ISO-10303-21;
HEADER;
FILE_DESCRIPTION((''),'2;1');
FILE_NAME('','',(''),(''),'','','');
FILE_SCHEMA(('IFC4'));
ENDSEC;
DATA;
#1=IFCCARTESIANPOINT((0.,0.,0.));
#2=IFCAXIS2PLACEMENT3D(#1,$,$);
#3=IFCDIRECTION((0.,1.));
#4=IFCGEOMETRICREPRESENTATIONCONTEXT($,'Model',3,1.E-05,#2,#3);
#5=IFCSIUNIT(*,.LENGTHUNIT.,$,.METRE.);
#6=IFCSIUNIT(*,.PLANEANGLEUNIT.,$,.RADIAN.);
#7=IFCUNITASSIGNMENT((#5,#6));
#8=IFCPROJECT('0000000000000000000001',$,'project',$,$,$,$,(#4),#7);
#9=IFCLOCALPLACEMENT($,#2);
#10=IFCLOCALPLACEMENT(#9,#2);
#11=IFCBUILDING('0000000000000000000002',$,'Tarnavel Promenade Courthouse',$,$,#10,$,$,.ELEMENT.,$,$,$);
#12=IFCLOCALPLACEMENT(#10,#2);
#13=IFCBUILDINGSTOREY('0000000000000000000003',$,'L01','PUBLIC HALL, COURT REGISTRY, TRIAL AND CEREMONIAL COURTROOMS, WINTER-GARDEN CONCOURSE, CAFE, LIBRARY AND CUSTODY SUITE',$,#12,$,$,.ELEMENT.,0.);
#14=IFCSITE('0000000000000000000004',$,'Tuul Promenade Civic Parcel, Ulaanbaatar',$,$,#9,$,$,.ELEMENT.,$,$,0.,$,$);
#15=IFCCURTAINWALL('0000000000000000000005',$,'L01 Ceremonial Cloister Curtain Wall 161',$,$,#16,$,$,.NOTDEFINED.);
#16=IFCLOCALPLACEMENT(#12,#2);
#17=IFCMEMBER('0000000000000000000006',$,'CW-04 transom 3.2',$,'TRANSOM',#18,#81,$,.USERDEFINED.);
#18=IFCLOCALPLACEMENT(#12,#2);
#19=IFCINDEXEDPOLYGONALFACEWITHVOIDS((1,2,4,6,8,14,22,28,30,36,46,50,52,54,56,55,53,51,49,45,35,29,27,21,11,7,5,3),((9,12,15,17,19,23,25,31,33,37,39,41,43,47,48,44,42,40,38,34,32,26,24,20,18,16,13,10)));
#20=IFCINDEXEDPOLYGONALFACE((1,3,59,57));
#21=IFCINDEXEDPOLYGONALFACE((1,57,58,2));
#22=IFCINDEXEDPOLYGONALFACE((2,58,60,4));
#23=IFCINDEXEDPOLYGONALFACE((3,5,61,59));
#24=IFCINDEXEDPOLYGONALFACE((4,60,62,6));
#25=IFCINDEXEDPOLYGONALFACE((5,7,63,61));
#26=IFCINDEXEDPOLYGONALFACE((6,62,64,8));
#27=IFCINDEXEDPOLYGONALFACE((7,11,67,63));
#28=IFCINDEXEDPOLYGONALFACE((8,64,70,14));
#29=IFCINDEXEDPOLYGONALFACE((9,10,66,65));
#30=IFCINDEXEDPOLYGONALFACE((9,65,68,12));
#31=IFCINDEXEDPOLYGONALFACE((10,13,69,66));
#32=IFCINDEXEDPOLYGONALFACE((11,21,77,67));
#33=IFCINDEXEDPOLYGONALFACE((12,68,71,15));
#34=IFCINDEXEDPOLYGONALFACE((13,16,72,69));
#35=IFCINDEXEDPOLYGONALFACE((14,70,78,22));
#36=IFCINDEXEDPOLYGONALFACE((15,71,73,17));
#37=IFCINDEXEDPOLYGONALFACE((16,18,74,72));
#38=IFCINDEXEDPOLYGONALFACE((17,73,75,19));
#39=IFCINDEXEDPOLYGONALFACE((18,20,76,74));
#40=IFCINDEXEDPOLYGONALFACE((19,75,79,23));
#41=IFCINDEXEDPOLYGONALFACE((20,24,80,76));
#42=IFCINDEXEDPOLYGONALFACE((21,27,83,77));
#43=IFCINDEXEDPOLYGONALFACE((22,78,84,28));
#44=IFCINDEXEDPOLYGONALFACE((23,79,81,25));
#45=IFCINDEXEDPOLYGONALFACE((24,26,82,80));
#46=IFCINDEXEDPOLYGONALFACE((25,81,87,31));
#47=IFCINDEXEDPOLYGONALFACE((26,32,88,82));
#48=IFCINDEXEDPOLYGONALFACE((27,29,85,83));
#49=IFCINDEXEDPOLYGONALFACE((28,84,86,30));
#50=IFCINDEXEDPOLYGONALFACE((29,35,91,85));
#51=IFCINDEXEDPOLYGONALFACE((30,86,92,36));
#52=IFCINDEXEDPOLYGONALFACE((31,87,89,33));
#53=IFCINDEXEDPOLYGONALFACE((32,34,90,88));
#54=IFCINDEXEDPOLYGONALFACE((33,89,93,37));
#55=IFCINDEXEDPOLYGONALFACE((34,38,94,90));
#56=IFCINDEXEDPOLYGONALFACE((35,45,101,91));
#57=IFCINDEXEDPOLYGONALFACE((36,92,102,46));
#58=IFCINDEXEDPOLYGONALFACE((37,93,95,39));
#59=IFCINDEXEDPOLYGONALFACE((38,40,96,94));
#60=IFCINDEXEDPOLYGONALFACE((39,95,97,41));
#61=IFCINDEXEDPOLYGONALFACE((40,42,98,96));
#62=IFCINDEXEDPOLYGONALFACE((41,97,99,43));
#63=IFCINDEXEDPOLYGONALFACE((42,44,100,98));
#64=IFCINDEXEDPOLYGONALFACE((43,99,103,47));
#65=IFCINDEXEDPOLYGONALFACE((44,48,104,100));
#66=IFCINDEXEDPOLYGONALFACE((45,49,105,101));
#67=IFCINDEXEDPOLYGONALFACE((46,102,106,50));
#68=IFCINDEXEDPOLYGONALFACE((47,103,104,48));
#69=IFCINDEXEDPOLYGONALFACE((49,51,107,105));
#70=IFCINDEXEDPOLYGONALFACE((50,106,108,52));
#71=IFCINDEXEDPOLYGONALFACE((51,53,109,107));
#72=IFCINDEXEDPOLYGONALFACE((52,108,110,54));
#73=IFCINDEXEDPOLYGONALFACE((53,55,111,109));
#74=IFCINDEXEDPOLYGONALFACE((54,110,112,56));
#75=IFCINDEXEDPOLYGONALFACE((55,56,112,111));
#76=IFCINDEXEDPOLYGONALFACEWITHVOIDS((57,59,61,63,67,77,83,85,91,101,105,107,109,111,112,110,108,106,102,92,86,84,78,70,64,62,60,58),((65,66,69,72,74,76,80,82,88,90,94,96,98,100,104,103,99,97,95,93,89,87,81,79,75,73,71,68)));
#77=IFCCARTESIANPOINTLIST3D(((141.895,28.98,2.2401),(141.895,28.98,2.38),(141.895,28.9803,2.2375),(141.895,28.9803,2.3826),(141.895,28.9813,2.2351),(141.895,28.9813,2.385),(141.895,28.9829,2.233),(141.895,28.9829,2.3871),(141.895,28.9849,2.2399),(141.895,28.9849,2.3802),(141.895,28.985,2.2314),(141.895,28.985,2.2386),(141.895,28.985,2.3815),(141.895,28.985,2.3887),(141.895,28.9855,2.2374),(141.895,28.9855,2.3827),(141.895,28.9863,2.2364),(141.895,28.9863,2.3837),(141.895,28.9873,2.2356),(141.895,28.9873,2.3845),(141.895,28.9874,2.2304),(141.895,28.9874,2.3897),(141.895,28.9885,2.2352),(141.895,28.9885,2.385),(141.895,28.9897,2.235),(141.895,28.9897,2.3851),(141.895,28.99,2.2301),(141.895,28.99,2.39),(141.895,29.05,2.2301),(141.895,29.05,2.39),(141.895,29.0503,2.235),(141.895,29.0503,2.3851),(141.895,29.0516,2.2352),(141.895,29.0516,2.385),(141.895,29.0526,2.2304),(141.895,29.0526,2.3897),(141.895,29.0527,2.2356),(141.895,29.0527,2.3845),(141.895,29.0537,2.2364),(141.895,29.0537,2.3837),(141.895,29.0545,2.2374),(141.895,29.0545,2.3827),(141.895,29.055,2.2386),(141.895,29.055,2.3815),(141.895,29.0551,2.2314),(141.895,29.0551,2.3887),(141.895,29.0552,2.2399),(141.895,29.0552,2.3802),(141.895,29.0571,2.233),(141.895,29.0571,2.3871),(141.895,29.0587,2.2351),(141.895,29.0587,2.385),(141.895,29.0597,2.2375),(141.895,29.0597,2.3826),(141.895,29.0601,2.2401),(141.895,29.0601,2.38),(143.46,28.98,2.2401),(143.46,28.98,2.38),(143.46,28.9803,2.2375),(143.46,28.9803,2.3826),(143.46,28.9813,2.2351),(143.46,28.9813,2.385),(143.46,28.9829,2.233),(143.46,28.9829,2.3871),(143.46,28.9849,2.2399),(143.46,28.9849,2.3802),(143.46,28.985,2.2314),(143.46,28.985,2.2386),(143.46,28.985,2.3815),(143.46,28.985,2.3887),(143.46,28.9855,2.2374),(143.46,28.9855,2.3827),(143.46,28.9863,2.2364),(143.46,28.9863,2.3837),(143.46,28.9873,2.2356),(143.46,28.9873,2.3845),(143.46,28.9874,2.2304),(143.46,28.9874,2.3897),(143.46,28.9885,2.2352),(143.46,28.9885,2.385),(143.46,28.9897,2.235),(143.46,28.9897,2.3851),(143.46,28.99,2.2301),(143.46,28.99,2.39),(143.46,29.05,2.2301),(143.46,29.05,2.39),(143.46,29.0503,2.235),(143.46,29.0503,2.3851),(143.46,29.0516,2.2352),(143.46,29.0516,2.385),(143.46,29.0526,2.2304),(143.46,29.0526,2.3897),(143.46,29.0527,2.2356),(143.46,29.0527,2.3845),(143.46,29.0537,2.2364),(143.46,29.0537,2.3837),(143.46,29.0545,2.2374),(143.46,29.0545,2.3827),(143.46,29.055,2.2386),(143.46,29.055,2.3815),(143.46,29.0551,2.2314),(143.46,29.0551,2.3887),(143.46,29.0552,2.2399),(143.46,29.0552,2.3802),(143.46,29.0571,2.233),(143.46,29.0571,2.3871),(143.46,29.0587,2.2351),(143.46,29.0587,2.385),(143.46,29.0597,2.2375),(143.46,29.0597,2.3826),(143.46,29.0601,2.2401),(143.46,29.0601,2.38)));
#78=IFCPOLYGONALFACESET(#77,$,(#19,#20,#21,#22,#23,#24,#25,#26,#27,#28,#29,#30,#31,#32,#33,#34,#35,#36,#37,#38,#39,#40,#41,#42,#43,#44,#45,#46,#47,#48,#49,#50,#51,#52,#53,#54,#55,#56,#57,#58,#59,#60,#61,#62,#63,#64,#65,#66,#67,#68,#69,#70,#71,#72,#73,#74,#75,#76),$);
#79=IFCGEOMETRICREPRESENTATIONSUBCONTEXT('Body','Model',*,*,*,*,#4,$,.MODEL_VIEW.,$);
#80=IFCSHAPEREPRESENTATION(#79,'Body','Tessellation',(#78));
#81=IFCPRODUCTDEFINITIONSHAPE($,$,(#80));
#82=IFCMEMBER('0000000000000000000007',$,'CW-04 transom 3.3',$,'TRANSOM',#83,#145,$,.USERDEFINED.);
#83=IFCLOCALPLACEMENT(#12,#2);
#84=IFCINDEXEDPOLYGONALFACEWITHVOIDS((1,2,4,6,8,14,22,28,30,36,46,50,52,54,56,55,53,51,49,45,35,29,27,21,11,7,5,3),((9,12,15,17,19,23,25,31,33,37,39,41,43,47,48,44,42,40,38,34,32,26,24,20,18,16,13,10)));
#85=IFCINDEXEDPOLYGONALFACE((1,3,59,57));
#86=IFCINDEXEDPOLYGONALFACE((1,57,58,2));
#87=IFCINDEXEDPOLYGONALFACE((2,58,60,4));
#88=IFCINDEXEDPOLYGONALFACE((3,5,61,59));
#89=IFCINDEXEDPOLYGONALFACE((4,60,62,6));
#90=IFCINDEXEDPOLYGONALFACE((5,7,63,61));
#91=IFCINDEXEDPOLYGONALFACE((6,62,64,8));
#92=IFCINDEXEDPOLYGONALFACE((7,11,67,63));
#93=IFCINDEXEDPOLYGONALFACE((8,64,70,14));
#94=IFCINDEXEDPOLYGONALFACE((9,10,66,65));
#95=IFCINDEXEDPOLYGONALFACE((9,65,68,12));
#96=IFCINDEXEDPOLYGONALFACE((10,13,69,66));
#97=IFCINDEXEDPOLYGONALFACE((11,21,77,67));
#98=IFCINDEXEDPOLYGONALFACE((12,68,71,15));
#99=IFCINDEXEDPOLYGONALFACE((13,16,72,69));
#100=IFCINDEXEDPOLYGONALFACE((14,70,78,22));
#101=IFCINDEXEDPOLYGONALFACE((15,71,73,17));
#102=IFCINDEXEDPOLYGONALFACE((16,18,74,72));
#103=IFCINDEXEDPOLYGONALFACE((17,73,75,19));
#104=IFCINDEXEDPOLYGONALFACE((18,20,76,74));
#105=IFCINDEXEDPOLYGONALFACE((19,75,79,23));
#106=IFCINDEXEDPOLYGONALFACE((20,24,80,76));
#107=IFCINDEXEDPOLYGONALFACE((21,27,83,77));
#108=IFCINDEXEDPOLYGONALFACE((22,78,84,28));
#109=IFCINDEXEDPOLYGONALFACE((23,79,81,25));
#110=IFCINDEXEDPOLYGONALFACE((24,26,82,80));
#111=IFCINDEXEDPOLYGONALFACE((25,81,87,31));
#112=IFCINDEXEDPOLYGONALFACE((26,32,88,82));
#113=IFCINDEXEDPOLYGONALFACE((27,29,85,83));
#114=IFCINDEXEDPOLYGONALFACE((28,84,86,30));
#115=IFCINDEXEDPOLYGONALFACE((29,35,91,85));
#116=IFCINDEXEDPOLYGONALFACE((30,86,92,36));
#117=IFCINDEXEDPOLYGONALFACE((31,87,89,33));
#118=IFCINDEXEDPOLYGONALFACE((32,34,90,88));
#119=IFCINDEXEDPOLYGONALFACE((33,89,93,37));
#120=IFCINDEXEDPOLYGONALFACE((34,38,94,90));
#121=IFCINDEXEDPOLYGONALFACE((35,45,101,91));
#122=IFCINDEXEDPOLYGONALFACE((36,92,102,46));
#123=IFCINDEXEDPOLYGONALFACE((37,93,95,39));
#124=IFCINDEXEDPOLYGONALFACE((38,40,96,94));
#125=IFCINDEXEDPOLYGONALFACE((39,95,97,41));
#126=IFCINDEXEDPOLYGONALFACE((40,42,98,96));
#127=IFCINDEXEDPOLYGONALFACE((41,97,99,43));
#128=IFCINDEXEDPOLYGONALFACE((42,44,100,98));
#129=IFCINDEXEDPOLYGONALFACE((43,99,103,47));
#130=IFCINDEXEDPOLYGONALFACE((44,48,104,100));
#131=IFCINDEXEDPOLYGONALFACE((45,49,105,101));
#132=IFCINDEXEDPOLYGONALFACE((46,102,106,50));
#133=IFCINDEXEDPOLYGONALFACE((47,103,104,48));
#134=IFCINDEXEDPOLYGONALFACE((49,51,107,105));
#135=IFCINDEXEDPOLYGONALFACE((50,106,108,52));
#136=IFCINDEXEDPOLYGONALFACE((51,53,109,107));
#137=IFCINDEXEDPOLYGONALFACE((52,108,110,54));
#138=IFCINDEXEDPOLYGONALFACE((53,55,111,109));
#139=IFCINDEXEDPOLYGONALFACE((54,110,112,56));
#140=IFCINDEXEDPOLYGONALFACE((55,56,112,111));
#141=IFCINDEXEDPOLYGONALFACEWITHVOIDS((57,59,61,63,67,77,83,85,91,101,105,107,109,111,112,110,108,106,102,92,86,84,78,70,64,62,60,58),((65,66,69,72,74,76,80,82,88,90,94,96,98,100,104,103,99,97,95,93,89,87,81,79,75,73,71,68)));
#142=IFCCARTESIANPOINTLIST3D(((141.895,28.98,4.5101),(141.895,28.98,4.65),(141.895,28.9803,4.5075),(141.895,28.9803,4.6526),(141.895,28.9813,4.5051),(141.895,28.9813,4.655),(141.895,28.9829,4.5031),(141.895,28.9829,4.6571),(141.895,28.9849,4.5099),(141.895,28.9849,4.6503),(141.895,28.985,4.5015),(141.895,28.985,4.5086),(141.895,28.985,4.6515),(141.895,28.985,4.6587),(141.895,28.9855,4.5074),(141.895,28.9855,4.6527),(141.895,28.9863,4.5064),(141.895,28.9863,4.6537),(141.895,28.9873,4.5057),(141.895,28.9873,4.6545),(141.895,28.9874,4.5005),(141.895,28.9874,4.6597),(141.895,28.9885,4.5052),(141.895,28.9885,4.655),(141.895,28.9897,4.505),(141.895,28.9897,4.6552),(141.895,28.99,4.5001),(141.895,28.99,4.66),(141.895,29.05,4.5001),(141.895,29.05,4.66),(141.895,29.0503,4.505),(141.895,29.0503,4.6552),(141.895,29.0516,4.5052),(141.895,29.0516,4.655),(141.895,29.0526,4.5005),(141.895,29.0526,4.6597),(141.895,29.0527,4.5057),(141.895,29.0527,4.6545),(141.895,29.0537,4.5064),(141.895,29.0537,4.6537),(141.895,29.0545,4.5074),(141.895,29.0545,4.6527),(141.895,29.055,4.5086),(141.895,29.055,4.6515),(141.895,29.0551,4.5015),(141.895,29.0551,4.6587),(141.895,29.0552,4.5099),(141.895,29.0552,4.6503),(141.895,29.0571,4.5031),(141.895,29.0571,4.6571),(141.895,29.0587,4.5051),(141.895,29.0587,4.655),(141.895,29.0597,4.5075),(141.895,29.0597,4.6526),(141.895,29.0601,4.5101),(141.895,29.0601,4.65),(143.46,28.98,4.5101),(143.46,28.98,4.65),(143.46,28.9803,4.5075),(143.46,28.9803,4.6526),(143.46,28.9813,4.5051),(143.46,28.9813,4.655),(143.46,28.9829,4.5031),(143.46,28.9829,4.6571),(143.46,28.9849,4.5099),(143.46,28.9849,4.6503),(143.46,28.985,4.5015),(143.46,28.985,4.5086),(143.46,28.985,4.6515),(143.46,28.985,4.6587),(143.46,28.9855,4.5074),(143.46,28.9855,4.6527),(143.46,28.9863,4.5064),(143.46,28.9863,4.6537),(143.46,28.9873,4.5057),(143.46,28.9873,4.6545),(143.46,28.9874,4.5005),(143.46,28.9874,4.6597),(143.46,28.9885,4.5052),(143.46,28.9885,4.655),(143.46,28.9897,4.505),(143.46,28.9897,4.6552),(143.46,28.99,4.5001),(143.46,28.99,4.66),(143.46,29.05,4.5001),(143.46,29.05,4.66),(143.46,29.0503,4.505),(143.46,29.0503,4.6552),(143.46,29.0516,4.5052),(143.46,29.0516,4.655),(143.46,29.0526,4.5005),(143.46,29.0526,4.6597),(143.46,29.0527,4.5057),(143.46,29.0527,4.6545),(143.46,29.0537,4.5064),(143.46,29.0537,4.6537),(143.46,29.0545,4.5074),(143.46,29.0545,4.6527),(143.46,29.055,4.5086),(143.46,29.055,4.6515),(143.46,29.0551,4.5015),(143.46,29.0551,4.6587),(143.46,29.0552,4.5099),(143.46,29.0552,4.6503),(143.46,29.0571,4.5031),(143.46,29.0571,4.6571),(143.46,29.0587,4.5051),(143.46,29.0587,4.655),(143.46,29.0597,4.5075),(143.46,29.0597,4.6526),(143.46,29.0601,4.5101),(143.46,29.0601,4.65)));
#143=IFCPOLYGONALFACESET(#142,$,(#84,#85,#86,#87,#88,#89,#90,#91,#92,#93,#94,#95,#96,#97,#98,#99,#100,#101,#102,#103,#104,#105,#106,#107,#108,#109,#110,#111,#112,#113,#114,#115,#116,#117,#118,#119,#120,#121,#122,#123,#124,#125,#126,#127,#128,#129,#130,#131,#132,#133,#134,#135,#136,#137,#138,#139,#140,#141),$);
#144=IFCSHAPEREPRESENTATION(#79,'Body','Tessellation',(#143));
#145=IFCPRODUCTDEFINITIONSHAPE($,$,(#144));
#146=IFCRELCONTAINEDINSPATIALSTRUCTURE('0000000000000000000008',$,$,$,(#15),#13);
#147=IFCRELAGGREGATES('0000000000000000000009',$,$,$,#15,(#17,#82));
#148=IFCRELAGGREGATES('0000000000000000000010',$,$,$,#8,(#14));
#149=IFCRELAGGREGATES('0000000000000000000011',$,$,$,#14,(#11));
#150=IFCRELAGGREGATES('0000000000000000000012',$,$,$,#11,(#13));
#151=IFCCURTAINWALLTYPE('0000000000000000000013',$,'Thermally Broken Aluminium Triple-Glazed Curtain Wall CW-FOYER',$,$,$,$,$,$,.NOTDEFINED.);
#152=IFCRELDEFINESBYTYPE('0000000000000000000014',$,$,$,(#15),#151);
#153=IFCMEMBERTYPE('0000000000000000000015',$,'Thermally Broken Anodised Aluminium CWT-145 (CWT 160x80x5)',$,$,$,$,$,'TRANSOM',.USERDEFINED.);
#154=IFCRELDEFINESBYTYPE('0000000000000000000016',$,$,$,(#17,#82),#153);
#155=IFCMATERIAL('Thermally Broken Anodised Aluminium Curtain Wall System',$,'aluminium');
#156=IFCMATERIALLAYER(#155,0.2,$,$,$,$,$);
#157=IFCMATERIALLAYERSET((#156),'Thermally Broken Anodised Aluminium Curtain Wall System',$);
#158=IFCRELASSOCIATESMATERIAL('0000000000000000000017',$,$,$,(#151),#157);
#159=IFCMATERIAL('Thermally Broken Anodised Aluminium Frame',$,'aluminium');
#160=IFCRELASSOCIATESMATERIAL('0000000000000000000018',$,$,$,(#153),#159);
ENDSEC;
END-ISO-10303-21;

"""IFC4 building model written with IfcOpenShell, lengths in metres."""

from ifc_helpers import new_model, si_unit, direction, frame, origin, origin_2d, place, context, subcontext, project, spatial, hollow_rectangle, extrude, material, layer, layer_set, material_profile, profile_set, type_object, element, aggregate, save


model = new_model("IFC4")

# Units and contexts
model_context = context("Model", 3, precision=1e-05, world=origin(), true_north=direction((0.0, 1.0)))
body_context = subcontext(model_context, "Body", "Model", "MODEL_VIEW")
ifc_project = project(units=[si_unit("LENGTHUNIT", "METRE"), si_unit("PLANEANGLEUNIT", "RADIAN")], contexts=[model_context])

# Site, building, storey
site_placement = place(None, origin())
site = spatial("IfcSite", under=ifc_project, at=site_placement, Name="Tuul Promenade Civic Parcel, Ulaanbaatar", CompositionType="ELEMENT", RefElevation=0.0)
building_placement = place(site_placement, origin())
building = spatial("IfcBuilding", under=site, at=building_placement, Name="Tarnavel Promenade Courthouse", CompositionType="ELEMENT")
storey_placement = place(building_placement, origin())
storey = spatial("IfcBuildingStorey", under=building, at=storey_placement, Name="L01", Description="PUBLIC HALL, COURT REGISTRY, TRIAL AND CEREMONIAL COURTROOMS, WINTER-GARDEN CONCOURSE, CAFE, LIBRARY AND CUSTODY SUITE", CompositionType="ELEMENT", Elevation=0.0)

# Curtain wall
ifc_material_1 = material(Name="Thermally Broken Anodised Aluminium Curtain Wall System", Category="aluminium")
ifc_layer_1 = layer(ifc_material_1, 0.2)
ifc_layer_set_1 = layer_set([ifc_layer_1], Name="Thermally Broken Anodised Aluminium Curtain Wall System")
curtain_wall_type = type_object("IfcCurtainWallType", Name="Thermally Broken Aluminium Triple-Glazed Curtain Wall CW-FOYER", PredefinedType="NOTDEFINED", material=ifc_layer_set_1)
ifc_material_2 = material(Name="Thermally Broken Anodised Aluminium Frame", Category="aluminium")
curtain_wall_1_placement = place(storey_placement, origin())
curtain_wall_1 = element("IfcCurtainWall", 1, at=curtain_wall_1_placement, inside=storey, type_object=curtain_wall_type, Name="L01 Ceremonial Cloister Curtain Wall 161", PredefinedType="NOTDEFINED")

# Members
ifc_material_profile_1 = material_profile(ifc_material_2, hollow_rectangle(XDim=0.0801, YDim=0.1599, WallThickness=0.0049, InnerFilletRadius=0.0049, OuterFilletRadius=0.01, at=origin_2d()), Name="CWT 160x80x5")
ifc_profile_set_1 = profile_set([ifc_material_profile_1], Name="Thermally Broken Anodised Aluminium Frame")
member_type_1 = type_object("IfcMemberType", Name="Thermally Broken Anodised Aluminium CWT-145 (CWT 160x80x5)", ElementType="TRANSOM", PredefinedType="USERDEFINED", material=ifc_profile_set_1)
member_1_placement = place(storey_placement, frame((141.895, 29.02, 2.3101), z_axis=(1.0, 0.0, 0.0), x_axis=(0.0, 1.0, 0.0)))
member_1 = element("IfcMember", 2, at=member_1_placement, type_object=member_type_1, Name="CW-04 transom 3.2", ObjectType="TRANSOM", PredefinedType="USERDEFINED", context=body_context, shape_type="SweptSolid", body=[
    extrude(hollow_rectangle(XDim=0.0801, YDim=0.1599, WallThickness=0.0049, InnerFilletRadius=0.0049, OuterFilletRadius=0.01, at=origin_2d()), origin(), (0.0, 0.0, 1.0), 1.5649),
])
member_2_placement = place(storey_placement, frame((141.895, 29.02, 4.5801), z_axis=(1.0, 0.0, 0.0), x_axis=(0.0, 1.0, 0.0)))
member_2 = element("IfcMember", 3, at=member_2_placement, type_object=member_type_1, Name="CW-04 transom 3.3", ObjectType="TRANSOM", PredefinedType="USERDEFINED", context=body_context, shape_type="SweptSolid", body=[
    extrude(hollow_rectangle(XDim=0.0801, YDim=0.1599, WallThickness=0.0049, InnerFilletRadius=0.0049, OuterFilletRadius=0.01, at=origin_2d()), origin(), (0.0, 0.0, 1.0), 1.5649),
])

aggregate(curtain_wall_1, [member_1, member_2])

save(model, "model.ifc")
